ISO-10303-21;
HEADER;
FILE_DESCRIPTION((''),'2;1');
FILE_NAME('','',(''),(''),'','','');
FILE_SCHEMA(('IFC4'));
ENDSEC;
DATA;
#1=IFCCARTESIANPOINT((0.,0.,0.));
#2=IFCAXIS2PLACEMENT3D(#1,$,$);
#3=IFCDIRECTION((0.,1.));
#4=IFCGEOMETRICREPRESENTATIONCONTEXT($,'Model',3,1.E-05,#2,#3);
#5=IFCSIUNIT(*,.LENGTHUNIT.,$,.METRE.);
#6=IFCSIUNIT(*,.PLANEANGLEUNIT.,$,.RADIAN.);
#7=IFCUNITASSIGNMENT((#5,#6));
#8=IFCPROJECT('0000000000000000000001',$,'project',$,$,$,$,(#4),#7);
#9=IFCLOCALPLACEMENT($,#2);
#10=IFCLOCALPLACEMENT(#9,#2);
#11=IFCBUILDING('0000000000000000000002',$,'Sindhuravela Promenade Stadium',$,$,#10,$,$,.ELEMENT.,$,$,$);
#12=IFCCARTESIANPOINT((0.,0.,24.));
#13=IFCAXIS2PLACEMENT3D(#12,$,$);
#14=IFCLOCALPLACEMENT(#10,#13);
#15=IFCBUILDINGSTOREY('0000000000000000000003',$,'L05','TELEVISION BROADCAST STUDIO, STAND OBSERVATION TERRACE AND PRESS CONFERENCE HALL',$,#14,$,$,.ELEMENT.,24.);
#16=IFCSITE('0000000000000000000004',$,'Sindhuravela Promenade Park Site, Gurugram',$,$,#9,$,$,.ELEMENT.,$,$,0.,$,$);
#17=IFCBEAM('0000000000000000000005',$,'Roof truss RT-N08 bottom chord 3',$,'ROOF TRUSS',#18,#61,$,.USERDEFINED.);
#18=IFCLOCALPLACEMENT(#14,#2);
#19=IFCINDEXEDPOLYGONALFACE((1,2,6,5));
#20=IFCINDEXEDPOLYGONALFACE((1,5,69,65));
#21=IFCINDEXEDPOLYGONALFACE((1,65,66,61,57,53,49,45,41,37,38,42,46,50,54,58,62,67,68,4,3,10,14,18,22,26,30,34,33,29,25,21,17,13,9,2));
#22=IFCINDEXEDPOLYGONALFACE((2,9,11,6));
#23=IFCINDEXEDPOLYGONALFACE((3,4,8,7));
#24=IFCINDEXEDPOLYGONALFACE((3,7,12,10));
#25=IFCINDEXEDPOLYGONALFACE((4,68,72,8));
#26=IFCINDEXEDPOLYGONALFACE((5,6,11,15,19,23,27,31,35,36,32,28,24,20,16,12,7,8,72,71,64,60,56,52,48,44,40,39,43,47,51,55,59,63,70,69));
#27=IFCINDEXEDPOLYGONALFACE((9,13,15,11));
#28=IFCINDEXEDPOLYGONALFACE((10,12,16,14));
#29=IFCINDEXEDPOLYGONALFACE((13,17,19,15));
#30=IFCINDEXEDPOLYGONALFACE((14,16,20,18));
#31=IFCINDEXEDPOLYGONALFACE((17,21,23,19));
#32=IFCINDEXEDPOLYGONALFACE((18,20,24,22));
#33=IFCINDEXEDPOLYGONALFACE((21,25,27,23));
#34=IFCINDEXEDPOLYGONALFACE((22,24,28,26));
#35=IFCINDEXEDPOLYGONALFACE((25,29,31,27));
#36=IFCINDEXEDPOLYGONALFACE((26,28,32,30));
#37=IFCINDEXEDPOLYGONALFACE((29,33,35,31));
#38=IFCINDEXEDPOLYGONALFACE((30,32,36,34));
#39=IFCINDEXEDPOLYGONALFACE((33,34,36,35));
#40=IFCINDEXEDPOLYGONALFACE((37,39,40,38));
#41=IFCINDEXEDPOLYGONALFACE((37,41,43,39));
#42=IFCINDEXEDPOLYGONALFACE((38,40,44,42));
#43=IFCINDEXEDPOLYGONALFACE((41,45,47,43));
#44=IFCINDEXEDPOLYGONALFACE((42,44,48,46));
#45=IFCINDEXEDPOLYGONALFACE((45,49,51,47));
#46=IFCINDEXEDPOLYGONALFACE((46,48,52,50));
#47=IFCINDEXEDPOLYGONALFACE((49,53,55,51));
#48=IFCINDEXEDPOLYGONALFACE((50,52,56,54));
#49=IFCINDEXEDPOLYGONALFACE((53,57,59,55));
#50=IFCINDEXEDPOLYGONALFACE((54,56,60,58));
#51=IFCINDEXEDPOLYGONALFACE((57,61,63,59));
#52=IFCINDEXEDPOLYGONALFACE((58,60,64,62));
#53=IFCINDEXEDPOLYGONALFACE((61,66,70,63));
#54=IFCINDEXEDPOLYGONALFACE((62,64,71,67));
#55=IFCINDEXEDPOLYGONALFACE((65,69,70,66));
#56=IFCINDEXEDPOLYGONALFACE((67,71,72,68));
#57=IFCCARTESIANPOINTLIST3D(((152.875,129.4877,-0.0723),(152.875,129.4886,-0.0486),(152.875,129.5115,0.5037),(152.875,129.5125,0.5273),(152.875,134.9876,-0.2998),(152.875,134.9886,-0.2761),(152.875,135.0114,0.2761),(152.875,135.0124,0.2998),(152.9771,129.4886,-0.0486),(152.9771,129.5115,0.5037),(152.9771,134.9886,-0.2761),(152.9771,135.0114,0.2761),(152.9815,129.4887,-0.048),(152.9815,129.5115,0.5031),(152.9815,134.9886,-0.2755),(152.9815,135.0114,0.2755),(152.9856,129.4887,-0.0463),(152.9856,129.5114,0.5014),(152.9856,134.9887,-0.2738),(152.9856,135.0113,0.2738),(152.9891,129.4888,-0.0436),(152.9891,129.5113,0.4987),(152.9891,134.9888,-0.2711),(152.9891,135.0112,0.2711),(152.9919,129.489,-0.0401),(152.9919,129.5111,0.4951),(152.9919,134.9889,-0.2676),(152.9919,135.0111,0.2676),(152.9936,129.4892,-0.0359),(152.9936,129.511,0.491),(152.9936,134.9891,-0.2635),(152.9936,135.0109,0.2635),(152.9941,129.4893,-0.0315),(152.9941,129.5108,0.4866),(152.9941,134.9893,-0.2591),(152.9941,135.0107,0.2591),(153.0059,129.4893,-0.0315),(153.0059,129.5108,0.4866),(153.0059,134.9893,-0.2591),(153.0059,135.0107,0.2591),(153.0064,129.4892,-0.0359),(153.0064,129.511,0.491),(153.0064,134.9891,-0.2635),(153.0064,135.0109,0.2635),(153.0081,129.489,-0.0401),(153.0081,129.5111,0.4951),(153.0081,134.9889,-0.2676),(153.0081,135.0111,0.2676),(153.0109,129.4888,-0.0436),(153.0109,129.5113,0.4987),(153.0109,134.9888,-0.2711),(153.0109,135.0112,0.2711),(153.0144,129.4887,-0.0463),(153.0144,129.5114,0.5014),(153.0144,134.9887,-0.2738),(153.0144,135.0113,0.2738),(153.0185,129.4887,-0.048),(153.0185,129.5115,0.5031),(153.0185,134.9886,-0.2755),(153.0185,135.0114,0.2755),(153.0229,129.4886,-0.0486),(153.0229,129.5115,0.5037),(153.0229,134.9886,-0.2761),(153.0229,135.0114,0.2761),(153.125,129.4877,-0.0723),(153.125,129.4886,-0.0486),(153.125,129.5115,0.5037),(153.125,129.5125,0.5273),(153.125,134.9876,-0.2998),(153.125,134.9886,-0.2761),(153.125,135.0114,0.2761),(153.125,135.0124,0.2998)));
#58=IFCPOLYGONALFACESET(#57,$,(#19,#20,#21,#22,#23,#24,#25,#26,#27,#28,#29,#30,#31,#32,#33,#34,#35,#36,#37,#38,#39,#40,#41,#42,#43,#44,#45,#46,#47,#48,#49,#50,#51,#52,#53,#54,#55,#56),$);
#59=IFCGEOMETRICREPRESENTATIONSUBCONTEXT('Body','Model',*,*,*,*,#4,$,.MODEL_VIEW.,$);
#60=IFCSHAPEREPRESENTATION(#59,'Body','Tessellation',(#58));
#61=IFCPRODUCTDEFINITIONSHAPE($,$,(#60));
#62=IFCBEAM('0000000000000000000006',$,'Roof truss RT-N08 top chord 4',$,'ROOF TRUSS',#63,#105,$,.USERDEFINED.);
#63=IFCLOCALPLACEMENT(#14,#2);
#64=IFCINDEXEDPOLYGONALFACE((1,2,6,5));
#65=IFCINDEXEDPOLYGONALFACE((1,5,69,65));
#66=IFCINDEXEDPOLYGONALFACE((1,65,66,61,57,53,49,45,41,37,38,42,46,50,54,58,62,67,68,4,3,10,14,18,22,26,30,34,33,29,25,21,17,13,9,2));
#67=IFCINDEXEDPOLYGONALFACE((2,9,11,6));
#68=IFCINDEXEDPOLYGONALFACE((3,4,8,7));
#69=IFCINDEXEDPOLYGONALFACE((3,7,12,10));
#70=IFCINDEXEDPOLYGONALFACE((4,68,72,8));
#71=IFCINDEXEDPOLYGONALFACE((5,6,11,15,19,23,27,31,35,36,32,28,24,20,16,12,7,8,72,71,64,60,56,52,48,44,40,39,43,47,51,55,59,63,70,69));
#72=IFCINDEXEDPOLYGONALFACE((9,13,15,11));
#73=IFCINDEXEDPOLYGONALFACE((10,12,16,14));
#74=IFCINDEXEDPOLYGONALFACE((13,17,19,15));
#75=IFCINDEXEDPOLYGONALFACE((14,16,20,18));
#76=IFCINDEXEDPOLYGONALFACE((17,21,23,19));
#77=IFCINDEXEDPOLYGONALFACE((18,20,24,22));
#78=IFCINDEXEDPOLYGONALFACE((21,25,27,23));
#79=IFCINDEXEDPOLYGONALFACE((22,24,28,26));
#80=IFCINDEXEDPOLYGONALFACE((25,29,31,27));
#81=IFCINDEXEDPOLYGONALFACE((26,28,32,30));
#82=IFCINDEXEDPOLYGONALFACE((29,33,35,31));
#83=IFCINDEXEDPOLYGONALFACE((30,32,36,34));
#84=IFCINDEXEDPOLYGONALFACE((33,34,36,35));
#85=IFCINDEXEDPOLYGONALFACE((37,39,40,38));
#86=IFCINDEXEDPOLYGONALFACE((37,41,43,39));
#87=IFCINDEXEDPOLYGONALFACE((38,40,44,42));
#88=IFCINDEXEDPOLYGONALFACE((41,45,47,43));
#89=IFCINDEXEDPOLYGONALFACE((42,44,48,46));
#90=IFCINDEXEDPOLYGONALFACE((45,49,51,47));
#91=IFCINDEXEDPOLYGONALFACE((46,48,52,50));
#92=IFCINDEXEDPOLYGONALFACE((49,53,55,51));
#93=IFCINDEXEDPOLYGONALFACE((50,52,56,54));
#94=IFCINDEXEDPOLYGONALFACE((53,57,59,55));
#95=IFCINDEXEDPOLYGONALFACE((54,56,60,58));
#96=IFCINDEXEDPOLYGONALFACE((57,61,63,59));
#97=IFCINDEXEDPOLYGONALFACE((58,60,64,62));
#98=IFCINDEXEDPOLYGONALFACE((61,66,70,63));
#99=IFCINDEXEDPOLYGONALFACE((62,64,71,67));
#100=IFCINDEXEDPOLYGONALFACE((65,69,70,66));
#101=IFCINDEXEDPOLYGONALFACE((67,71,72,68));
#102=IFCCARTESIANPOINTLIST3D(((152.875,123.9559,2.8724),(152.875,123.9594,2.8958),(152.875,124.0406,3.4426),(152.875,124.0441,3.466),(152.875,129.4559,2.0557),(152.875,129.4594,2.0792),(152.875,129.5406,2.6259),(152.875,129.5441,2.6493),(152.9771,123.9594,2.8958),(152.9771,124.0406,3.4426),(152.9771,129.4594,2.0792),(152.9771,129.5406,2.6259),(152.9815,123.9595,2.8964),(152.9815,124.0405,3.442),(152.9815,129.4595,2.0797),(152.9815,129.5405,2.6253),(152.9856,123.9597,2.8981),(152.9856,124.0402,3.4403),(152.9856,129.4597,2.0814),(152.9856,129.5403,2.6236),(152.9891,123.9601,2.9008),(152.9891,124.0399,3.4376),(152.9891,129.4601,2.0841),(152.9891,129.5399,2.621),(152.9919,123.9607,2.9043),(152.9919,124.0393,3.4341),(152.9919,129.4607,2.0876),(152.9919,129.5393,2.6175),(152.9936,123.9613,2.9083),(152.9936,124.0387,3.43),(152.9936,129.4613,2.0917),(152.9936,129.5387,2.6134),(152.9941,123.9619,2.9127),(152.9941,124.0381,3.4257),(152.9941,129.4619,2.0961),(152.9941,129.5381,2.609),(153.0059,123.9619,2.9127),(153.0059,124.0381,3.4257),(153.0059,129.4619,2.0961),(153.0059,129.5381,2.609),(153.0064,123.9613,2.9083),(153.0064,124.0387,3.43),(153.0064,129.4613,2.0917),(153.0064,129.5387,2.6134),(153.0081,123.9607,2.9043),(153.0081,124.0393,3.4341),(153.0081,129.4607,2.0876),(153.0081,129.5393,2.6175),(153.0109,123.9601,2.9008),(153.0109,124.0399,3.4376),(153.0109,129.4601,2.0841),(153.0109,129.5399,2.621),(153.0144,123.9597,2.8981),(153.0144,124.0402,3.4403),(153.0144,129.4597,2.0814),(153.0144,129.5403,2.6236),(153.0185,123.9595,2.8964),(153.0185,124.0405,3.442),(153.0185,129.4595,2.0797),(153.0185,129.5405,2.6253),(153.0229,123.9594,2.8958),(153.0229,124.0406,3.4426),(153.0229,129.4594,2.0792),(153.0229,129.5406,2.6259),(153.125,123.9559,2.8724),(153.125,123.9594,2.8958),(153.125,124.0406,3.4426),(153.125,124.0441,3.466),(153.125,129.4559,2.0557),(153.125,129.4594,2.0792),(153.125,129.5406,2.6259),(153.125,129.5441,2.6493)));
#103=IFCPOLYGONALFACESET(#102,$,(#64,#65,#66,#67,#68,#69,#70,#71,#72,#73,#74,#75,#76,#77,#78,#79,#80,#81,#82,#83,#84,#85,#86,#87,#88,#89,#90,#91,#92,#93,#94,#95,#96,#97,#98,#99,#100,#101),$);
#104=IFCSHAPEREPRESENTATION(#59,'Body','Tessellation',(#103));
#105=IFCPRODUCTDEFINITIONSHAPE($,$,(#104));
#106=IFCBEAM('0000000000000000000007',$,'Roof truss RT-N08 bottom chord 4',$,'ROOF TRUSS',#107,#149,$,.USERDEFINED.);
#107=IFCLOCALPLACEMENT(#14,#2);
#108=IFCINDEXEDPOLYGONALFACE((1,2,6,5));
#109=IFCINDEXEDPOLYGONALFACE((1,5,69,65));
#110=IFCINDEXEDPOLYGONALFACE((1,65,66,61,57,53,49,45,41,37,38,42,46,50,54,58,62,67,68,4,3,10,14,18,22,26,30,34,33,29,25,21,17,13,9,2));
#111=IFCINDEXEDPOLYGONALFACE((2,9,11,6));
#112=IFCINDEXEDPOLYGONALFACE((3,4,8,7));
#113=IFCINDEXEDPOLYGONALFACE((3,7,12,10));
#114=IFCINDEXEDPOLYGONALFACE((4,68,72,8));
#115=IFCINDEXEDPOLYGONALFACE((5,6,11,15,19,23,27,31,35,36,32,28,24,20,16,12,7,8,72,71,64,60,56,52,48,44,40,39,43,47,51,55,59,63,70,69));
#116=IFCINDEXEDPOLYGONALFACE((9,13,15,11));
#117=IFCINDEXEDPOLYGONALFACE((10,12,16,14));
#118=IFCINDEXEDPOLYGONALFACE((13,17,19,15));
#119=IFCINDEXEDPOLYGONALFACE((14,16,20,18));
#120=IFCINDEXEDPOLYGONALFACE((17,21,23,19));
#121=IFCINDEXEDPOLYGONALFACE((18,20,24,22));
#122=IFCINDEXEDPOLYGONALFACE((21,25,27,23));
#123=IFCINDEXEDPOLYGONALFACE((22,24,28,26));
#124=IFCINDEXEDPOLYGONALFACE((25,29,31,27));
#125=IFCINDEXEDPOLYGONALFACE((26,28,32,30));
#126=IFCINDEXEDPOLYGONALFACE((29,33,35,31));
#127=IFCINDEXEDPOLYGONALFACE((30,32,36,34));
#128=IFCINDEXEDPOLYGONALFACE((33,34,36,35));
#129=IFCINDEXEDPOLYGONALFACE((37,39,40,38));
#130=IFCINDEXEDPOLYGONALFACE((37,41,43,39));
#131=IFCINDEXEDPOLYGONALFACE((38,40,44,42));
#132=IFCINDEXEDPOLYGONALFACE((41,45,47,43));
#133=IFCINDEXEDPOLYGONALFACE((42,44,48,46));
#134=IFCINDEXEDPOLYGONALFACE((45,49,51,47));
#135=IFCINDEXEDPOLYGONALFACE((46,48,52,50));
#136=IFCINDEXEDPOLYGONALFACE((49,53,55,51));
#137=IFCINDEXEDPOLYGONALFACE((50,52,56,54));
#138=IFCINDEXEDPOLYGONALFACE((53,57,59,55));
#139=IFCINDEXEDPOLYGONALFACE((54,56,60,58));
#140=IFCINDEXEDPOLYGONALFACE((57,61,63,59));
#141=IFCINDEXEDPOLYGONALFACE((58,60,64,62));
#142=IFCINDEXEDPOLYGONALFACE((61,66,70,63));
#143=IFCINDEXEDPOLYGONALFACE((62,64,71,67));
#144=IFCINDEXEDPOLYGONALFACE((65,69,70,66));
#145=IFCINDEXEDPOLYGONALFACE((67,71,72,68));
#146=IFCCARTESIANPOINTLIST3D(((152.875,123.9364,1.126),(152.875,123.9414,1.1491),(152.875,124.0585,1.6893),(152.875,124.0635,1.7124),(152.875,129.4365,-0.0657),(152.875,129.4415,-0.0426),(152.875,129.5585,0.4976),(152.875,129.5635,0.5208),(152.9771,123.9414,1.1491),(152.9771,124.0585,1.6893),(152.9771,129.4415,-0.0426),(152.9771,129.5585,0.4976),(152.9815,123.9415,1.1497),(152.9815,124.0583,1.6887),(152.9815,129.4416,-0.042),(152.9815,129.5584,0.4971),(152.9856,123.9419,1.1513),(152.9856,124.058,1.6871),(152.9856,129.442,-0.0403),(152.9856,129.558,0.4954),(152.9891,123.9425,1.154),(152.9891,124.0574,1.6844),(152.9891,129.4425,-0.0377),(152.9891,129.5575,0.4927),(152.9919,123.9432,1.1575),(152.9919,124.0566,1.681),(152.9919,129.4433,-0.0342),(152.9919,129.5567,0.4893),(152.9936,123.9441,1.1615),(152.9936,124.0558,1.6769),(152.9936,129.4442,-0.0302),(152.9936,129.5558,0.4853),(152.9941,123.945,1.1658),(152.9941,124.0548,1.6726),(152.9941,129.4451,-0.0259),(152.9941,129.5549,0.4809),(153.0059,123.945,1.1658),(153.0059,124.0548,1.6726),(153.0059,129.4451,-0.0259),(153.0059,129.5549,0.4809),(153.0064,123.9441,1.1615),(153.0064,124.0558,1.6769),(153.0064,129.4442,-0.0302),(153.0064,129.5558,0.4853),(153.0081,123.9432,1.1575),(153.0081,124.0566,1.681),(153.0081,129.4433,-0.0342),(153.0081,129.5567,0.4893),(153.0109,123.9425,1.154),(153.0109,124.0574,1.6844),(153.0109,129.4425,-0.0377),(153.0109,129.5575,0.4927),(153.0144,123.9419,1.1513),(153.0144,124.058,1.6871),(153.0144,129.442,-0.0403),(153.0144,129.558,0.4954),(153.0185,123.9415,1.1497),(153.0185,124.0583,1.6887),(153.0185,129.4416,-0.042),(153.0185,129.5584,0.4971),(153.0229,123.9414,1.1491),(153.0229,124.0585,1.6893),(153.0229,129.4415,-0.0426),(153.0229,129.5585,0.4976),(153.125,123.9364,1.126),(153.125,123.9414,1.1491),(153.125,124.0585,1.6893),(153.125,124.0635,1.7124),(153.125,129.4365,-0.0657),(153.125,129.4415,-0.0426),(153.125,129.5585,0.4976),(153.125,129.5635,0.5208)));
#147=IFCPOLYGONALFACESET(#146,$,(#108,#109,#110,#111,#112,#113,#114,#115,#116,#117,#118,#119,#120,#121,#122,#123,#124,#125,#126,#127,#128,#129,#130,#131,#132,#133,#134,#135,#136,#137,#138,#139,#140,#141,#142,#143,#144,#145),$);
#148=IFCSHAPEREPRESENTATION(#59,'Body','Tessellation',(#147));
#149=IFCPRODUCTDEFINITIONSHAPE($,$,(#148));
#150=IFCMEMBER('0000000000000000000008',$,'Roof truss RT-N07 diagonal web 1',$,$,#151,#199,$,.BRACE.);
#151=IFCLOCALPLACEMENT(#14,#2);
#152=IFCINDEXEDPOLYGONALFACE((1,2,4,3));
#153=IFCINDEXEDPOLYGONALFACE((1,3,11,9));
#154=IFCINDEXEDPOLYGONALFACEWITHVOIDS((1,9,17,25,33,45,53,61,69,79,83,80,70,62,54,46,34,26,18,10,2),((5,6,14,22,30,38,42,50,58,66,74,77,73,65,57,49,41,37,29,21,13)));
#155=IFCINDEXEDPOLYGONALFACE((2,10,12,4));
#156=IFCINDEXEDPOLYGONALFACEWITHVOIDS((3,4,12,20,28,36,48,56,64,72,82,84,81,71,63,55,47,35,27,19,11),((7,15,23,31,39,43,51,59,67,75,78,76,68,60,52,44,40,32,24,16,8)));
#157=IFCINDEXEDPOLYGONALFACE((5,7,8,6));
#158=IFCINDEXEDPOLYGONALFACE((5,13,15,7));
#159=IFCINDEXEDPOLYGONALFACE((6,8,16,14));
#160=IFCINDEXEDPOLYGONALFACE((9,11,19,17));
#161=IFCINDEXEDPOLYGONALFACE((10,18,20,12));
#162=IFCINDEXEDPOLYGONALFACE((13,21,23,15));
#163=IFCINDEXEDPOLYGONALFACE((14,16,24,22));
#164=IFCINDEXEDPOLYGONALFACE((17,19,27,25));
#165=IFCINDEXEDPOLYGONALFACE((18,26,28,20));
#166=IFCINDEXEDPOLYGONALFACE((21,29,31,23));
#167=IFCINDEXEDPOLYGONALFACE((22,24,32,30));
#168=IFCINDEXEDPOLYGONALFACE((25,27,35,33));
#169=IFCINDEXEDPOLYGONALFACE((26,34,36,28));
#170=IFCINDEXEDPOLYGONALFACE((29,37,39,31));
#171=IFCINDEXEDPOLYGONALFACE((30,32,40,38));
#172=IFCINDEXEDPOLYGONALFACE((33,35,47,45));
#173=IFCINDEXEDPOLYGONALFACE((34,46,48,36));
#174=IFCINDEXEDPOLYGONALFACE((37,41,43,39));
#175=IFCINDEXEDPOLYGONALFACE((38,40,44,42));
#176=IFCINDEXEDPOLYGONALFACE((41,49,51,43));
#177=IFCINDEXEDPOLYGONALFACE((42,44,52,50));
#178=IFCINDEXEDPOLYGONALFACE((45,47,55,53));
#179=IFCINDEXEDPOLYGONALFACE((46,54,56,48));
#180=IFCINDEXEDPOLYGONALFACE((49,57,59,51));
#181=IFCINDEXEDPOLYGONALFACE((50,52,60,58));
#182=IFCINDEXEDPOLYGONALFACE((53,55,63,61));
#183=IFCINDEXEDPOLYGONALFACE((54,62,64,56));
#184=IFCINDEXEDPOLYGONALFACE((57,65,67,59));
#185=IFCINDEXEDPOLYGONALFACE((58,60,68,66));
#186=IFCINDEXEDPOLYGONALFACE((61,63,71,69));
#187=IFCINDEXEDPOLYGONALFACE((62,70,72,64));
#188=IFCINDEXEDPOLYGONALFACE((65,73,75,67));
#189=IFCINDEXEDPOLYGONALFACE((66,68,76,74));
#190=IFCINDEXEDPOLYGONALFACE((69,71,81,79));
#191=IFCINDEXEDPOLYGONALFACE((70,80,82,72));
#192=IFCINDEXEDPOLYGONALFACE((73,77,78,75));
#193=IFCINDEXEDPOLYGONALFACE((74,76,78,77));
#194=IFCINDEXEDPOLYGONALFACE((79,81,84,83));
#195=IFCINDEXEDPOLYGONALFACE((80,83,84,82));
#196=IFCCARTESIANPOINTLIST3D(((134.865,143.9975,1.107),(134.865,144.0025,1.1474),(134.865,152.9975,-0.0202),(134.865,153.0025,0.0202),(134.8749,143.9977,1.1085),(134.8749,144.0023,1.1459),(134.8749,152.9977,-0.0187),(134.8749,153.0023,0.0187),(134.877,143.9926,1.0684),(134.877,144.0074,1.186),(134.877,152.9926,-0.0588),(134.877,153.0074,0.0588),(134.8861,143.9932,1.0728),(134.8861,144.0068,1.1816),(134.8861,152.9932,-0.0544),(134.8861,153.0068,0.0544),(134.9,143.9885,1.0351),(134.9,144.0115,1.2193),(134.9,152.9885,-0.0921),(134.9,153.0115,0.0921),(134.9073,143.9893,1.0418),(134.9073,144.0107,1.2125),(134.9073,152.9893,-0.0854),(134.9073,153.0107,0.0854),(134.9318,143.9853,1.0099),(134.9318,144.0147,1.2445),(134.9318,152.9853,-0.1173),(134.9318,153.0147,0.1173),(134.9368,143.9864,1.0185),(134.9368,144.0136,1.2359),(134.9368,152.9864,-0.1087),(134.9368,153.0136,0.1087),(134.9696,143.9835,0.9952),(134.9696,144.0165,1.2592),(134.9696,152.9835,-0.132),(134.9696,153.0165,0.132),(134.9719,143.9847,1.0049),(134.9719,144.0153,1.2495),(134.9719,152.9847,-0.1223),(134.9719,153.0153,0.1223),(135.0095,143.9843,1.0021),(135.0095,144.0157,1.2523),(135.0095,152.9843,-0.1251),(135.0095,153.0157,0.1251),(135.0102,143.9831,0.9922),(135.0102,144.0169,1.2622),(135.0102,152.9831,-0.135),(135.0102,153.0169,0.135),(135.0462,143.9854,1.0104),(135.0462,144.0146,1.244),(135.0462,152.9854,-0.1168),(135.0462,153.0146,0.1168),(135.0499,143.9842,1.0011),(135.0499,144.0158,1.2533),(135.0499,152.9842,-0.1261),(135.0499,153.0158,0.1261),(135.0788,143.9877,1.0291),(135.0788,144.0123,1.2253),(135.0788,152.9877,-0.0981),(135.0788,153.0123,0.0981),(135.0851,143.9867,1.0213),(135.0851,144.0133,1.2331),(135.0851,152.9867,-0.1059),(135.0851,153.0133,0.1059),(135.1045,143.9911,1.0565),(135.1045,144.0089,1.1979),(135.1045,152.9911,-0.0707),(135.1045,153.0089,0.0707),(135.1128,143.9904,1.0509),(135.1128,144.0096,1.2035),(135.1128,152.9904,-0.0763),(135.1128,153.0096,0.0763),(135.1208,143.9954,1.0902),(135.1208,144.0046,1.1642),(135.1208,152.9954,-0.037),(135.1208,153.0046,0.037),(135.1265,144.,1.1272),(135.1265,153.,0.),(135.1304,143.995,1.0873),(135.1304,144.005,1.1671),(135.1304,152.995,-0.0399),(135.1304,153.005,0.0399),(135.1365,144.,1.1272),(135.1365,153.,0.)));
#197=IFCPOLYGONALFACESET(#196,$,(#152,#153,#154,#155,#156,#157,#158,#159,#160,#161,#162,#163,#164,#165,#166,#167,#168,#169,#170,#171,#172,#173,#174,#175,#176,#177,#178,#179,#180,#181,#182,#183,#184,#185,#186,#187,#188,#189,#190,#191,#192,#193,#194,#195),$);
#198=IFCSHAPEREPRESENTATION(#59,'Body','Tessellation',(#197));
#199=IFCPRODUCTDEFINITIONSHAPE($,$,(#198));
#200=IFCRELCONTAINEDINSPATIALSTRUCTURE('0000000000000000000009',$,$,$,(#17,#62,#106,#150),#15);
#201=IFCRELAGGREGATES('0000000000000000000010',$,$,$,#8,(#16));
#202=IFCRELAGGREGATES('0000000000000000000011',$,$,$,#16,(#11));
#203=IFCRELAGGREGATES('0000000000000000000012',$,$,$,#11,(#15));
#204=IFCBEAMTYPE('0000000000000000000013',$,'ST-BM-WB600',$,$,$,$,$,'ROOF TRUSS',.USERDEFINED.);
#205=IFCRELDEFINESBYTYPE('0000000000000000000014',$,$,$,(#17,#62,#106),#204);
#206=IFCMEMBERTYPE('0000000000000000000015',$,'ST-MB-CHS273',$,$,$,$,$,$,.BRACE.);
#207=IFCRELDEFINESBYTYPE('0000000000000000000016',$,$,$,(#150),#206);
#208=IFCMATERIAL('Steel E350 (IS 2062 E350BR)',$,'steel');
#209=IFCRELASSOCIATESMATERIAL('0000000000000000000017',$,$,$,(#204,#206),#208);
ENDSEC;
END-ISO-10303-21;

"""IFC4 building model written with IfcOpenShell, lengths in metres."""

from ifc_helpers import new_model, si_unit, direction, frame, origin, origin_2d, place, context, subcontext, project, spatial, hollow_circle, i_section, extrude, material, material_profile, profile_set, type_object, element, save


model = new_model("IFC4")

# Units and contexts
model_context = context("Model", 3, precision=1e-05, world=origin(), true_north=direction((0.0, 1.0)))
body_context = subcontext(model_context, "Body", "Model", "MODEL_VIEW")
ifc_project = project(units=[si_unit("LENGTHUNIT", "METRE"), si_unit("PLANEANGLEUNIT", "RADIAN")], contexts=[model_context])

# Site, building, storey
site_placement = place(None, origin())
site = spatial("IfcSite", under=ifc_project, at=site_placement, Name="Sindhuravela Promenade Park Site, Gurugram", CompositionType="ELEMENT", RefElevation=0.0)
building_placement = place(site_placement, origin())
building = spatial("IfcBuilding", under=site, at=building_placement, Name="Sindhuravela Promenade Stadium", CompositionType="ELEMENT")
storey_placement = place(building_placement, frame((0.0, 0.0, 24.0)))
storey = spatial("IfcBuildingStorey", under=building, at=storey_placement, Name="L05", Description="TELEVISION BROADCAST STUDIO, STAND OBSERVATION TERRACE AND PRESS CONFERENCE HALL", CompositionType="ELEMENT", Elevation=24.0)

# Beams
ifc_material_1 = material(Name="Steel E350 (IS 2062 E350BR)", Category="steel")
ifc_material_profile_1 = material_profile(ifc_material_1, i_section(OverallWidth=0.25, OverallDepth=0.6001, WebThickness=0.0117, FlangeThickness=0.0237, FilletRadius=0.0171, at=origin_2d()), Name="ISWB 600")
ifc_profile_set_1 = profile_set([ifc_material_profile_1], Name="Steel E350 (IS 2062 E350BR)")
beam_type = type_object("IfcBeamType", Name="ST-BM-WB600", ElementType="ROOF TRUSS", PredefinedType="USERDEFINED", material=ifc_profile_set_1)
beam_1_placement = place(storey_placement, frame((153.0, 135.0, 0.0), z_axis=(0.0, -0.999145, 0.041335), x_axis=(1.0, 0.0, 0.0)))
element("IfcBeam", 1, at=beam_1_placement, inside=storey, type_object=beam_type, Name="Roof truss RT-N08 bottom chord 3", ObjectType="ROOF TRUSS", PredefinedType="USERDEFINED", context=body_context, shape_type="SweptSolid", body=[
    extrude(i_section(OverallWidth=0.25, OverallDepth=0.6001, WebThickness=0.0117, FlangeThickness=0.0237, FilletRadius=0.0171, at=origin_2d()), origin(), (0.0, 0.0, 1.0), 5.5046),
])
beam_2_placement = place(storey_placement, frame((153.0, 129.5, 2.3525), z_axis=(0.0, -0.989156, 0.146872), x_axis=(1.0, 0.0, 0.0)))
element("IfcBeam", 2, at=beam_2_placement, inside=storey, type_object=beam_type, Name="Roof truss RT-N08 top chord 4", ObjectType="ROOF TRUSS", PredefinedType="USERDEFINED", context=body_context, shape_type="SweptSolid", body=[
    extrude(i_section(OverallWidth=0.25, OverallDepth=0.6001, WebThickness=0.0117, FlangeThickness=0.0237, FilletRadius=0.0171, at=origin_2d()), origin(), (0.0, 0.0, 1.0), 5.5603),
])
beam_3_placement = place(storey_placement, frame((153.0, 129.5, 0.2275), z_axis=(0.0, -0.977324, 0.211751), x_axis=(1.0, 0.0, 0.0)))
element("IfcBeam", 3, at=beam_3_placement, inside=storey, type_object=beam_type, Name="Roof truss RT-N08 bottom chord 4", ObjectType="ROOF TRUSS", PredefinedType="USERDEFINED", context=body_context, shape_type="SweptSolid", body=[
    extrude(i_section(OverallWidth=0.25, OverallDepth=0.6001, WebThickness=0.0117, FlangeThickness=0.0237, FilletRadius=0.0171, at=origin_2d()), origin(), (0.0, 0.0, 1.0), 5.6277),
])

# Member
ifc_material_profile_2 = material_profile(ifc_material_1, hollow_circle(Radius=0.1365, WallThickness=0.01, at=origin_2d()), Name="CHS 273.0x10")
ifc_profile_set_2 = profile_set([ifc_material_profile_2], Name="Steel E350 (IS 2062 E350BR)")
member_type_1 = type_object("IfcMemberType", Name="ST-MB-CHS273", PredefinedType="BRACE", material=ifc_profile_set_2)
for number, where, z_axis, x_axis, name in (
    (4, (135.0, 153.0, 0.0), (0.0, -0.992248, 0.124273), (1.0, 0.0, 0.0), "Roof truss RT-N07 diagonal web 1"),
):
    element("IfcMember", number, at=place(storey_placement, frame(where, z_axis=z_axis, x_axis=x_axis)), inside=storey, type_object=member_type_1, Name=name, PredefinedType="BRACE", context=body_context, shape_type="SweptSolid", body=[
        extrude(hollow_circle(Radius=0.1365, WallThickness=0.01, at=origin_2d()), origin(), (0.0, 0.0, 1.0), 9.0703),
    ])

save(model, "model.ifc")
